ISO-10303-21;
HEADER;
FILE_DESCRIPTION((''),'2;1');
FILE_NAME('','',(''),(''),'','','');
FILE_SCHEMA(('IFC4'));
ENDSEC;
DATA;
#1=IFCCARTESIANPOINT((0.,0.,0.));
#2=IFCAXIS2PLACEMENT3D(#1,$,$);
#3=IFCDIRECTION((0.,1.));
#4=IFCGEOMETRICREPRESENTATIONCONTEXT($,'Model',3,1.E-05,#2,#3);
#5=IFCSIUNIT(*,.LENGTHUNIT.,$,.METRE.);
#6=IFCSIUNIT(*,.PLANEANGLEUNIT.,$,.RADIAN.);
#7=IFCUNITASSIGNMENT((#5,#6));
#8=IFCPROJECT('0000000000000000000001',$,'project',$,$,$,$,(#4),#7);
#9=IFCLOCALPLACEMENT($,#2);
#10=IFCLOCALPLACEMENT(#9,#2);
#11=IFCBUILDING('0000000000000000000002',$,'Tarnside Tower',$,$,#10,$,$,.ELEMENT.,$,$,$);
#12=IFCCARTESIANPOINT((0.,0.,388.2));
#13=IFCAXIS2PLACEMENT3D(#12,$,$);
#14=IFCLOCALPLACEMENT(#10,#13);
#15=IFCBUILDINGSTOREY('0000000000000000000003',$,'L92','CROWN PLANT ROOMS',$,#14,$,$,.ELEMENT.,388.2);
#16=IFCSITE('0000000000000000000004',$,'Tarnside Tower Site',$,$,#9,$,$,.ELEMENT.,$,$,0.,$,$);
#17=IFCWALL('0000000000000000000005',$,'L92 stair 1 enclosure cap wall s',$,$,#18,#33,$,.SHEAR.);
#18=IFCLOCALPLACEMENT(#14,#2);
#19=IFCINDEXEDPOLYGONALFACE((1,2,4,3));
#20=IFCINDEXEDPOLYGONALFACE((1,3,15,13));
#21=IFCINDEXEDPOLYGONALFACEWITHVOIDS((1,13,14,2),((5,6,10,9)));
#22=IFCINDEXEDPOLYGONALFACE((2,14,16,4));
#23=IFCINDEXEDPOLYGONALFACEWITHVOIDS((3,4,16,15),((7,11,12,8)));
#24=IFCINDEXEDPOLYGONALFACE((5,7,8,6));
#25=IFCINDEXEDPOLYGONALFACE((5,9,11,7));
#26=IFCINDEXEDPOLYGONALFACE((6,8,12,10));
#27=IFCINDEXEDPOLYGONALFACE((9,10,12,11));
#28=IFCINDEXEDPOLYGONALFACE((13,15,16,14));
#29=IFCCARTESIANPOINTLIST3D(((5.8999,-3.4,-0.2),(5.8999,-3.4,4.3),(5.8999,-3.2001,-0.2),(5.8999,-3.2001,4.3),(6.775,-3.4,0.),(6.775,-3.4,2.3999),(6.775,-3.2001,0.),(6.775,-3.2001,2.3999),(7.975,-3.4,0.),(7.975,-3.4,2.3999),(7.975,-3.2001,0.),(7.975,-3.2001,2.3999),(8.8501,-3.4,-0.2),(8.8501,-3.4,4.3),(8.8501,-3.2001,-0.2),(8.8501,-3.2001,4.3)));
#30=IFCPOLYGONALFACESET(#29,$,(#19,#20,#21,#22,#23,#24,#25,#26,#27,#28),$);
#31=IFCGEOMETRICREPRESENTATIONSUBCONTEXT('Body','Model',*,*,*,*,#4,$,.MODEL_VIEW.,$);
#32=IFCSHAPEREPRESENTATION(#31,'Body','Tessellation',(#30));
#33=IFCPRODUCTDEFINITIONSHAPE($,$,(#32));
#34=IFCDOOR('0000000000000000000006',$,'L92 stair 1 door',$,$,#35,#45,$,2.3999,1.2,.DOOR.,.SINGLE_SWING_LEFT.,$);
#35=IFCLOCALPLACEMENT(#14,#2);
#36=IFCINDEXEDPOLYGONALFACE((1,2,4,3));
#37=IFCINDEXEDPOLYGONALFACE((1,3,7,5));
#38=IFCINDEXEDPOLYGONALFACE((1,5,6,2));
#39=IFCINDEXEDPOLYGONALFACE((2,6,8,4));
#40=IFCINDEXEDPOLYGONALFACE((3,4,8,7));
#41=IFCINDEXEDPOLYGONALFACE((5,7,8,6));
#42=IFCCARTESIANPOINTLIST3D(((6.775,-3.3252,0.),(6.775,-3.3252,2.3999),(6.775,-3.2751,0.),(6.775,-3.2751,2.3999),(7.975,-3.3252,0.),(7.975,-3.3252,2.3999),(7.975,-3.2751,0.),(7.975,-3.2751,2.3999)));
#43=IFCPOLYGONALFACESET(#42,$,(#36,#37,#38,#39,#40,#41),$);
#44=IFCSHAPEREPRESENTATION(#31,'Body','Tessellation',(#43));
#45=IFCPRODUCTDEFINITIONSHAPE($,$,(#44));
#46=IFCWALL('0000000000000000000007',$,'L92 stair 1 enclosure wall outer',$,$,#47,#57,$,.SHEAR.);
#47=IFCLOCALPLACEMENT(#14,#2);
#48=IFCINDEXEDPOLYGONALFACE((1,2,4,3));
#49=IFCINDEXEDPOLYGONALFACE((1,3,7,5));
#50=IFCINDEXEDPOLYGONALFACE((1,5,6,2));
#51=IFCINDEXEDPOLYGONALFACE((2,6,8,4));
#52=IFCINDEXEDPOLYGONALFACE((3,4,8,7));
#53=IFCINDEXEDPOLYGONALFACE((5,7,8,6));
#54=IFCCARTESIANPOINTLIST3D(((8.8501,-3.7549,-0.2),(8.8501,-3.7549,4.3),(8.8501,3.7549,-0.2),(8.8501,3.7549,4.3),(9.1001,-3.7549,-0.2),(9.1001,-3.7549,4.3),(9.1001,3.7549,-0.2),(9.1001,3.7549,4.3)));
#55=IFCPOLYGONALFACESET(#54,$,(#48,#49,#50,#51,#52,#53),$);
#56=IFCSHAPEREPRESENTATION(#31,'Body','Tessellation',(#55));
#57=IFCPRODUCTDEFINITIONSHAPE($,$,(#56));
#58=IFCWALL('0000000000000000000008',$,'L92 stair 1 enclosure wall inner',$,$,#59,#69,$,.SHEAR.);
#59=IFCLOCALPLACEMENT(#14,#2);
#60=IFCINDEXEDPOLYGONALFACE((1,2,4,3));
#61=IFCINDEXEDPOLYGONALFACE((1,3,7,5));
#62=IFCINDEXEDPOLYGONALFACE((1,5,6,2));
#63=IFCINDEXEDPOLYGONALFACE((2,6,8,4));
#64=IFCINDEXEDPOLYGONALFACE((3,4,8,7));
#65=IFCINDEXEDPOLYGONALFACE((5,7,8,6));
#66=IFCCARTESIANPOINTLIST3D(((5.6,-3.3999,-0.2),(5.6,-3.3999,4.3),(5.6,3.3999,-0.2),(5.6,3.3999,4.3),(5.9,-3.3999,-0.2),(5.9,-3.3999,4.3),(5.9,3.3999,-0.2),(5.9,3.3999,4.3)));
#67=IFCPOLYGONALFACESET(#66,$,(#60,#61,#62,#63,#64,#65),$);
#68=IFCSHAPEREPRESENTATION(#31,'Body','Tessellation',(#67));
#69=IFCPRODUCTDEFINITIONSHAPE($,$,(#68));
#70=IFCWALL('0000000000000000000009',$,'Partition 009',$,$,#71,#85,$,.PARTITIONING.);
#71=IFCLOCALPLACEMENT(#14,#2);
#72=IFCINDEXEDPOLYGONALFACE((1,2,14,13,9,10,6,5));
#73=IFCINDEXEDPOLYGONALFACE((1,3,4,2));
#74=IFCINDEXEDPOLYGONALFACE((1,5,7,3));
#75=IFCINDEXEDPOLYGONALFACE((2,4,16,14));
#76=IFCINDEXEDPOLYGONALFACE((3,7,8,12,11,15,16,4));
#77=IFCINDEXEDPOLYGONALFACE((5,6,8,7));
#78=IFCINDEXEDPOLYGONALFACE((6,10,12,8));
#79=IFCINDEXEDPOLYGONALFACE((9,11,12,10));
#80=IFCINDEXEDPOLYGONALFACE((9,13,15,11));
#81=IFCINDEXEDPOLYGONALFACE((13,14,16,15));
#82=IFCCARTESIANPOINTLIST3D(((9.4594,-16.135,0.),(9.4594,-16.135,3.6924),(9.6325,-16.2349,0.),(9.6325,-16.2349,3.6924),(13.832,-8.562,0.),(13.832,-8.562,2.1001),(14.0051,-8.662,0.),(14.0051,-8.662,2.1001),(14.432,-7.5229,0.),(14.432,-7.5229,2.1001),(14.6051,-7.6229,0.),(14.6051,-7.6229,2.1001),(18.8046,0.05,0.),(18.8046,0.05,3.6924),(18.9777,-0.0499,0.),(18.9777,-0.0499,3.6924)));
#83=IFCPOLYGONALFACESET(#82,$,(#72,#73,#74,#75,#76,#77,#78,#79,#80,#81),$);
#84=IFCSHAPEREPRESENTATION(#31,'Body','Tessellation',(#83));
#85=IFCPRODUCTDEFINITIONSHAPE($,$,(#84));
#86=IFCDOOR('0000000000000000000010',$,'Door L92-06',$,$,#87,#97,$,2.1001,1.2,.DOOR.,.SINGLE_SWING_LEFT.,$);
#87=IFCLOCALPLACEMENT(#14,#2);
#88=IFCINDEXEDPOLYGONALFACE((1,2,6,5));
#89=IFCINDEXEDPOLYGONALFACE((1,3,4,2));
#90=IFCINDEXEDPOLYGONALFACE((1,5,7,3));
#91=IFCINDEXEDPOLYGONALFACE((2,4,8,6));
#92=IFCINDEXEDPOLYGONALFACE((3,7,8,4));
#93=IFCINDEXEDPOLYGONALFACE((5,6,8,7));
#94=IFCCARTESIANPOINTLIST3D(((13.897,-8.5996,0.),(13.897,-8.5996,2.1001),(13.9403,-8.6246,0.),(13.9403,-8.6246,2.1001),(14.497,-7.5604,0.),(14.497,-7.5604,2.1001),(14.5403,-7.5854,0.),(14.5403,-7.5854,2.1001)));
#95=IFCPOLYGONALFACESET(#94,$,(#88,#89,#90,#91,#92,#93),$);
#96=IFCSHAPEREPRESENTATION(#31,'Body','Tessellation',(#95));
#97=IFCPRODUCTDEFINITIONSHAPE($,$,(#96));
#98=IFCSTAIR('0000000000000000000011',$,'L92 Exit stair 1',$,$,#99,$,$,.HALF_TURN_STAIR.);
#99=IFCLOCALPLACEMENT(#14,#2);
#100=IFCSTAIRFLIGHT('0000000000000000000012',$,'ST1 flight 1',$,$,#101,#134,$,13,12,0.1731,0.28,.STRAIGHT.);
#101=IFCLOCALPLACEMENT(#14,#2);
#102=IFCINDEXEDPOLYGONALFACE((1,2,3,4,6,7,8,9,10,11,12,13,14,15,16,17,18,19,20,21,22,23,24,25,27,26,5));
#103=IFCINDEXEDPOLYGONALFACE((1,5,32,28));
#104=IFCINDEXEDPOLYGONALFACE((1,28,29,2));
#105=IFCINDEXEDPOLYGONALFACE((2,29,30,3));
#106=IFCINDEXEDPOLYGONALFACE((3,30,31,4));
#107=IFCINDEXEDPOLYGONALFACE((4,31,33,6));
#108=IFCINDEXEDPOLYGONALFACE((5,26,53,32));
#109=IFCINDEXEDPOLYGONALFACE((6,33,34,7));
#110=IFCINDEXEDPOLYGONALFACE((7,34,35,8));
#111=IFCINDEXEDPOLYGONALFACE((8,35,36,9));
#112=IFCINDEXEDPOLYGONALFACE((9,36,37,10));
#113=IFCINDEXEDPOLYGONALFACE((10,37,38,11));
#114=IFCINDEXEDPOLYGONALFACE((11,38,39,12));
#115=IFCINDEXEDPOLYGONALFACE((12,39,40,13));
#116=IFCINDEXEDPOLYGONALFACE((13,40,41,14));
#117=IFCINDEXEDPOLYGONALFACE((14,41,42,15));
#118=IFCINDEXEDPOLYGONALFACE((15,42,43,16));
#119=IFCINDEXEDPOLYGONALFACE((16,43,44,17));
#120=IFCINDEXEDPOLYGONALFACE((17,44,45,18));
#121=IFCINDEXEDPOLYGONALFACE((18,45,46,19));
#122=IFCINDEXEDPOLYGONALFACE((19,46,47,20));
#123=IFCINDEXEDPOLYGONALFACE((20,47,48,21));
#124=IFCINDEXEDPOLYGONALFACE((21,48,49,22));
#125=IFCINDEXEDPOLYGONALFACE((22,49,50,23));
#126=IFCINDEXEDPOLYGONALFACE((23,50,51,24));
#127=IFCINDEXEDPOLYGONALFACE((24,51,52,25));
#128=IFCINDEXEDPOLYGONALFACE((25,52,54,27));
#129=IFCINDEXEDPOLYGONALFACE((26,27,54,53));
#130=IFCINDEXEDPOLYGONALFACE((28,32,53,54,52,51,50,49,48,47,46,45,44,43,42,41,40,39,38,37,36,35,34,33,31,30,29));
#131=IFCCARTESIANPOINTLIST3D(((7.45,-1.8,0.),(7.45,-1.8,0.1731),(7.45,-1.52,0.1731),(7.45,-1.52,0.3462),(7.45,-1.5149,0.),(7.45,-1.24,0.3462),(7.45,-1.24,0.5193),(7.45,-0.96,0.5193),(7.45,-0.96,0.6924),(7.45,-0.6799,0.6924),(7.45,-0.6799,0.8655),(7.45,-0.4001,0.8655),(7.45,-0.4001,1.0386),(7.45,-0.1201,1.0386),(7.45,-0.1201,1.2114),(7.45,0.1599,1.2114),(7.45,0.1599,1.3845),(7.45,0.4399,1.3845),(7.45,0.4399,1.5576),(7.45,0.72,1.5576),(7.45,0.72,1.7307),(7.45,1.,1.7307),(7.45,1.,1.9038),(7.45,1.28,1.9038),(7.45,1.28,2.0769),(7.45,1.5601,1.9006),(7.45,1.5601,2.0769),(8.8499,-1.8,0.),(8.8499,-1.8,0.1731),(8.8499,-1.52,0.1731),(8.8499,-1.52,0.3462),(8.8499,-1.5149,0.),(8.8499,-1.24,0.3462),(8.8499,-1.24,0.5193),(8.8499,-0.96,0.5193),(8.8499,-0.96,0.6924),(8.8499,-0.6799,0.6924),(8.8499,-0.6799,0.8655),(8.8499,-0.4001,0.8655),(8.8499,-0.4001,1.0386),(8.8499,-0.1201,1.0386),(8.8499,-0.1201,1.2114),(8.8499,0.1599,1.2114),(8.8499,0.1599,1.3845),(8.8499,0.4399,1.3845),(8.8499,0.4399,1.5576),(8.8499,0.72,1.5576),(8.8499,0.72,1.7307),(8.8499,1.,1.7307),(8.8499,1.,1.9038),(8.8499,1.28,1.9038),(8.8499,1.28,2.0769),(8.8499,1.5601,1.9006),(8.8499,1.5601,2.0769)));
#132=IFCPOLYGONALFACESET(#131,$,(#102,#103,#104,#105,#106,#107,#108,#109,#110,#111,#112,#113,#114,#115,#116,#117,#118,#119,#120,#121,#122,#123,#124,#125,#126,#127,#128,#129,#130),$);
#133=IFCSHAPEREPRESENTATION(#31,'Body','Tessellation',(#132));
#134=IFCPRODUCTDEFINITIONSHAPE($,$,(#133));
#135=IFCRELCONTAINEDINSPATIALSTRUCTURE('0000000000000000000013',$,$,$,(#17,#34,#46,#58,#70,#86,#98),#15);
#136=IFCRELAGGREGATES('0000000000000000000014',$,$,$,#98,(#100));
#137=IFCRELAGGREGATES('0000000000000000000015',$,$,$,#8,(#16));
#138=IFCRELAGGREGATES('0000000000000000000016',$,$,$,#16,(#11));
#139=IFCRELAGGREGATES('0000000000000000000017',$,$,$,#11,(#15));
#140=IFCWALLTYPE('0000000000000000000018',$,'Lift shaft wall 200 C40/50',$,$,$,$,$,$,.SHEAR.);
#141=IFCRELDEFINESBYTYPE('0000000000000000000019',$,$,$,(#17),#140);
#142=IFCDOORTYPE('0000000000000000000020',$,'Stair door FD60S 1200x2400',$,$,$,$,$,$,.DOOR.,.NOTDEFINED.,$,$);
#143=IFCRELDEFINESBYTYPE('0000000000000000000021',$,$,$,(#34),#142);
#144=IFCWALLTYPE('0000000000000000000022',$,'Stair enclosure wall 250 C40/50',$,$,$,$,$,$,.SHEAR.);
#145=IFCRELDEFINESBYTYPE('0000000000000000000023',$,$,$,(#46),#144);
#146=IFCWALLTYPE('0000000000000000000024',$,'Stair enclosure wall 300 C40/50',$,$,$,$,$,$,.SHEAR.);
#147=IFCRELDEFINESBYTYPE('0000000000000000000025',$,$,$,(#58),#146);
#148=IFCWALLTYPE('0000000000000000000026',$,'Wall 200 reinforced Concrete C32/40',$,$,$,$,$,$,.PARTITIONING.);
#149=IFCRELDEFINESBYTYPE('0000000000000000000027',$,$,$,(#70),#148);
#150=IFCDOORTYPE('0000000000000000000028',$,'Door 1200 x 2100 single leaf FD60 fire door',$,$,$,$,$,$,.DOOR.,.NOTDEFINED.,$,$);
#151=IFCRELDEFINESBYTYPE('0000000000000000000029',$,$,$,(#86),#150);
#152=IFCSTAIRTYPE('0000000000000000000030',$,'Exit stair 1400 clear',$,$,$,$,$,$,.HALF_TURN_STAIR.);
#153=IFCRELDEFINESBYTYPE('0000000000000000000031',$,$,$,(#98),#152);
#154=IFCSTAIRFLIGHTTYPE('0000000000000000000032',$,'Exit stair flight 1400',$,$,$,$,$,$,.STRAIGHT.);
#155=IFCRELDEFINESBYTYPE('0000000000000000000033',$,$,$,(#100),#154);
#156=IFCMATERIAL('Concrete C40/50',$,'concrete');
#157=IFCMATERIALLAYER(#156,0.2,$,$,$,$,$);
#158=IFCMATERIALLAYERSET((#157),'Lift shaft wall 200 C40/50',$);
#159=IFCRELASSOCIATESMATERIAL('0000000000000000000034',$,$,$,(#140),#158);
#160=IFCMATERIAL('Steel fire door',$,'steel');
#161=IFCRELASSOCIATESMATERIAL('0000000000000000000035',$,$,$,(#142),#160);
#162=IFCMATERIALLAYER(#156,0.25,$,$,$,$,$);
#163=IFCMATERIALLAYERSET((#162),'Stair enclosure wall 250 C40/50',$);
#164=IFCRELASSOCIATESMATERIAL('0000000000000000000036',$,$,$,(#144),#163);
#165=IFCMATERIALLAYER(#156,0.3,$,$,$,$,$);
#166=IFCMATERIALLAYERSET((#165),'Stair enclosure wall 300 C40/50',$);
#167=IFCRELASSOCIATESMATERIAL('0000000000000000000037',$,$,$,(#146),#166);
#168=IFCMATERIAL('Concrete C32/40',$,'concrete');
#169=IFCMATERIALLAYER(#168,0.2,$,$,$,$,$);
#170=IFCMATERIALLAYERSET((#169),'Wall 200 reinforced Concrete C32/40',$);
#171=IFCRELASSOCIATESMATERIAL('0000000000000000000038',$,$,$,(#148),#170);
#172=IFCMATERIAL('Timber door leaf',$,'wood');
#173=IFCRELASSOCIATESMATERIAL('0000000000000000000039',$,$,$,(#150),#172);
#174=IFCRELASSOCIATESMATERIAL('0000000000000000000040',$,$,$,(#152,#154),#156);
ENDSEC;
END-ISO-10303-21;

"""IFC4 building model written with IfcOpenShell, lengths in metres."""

from ifc_helpers import new_model, si_unit, direction, frame, frame_2d, origin, place, context, subcontext, project, spatial, polyline, rectangle, outline, extrude, material, layer, layer_set, type_object, element, fill, aggregate, save


model = new_model("IFC4")

# Units and contexts
model_context = context("Model", 3, precision=1e-05, world=origin(), true_north=direction((0.0, 1.0)))
body_context = subcontext(model_context, "Body", "Model", "MODEL_VIEW")
ifc_project = project(units=[si_unit("LENGTHUNIT", "METRE"), si_unit("PLANEANGLEUNIT", "RADIAN")], contexts=[model_context])

# Site, building, storey
site_placement = place(None, origin())
site = spatial("IfcSite", under=ifc_project, at=site_placement, Name="Tarnside Tower Site", CompositionType="ELEMENT", RefElevation=0.0)
building_placement = place(site_placement, origin())
building = spatial("IfcBuilding", under=site, at=building_placement, Name="Tarnside Tower", CompositionType="ELEMENT")
storey_placement = place(building_placement, frame((0.0, 0.0, 388.2)))
storey = spatial("IfcBuildingStorey", under=building, at=storey_placement, Name="L92", Description="CROWN PLANT ROOMS", CompositionType="ELEMENT", Elevation=388.2)

# Shared definitions
ifc_material_1 = material(Name="Concrete C40/50", Category="concrete")

# Shared definitions
ifc_material_2 = material(Name="Steel fire door", Category="steel")

# Shared definitions
ifc_layer_1 = layer(ifc_material_1, 0.2)
ifc_layer_set_1 = layer_set([ifc_layer_1], Name="Lift shaft wall 200 C40/50")
wall_type_1 = type_object("IfcWallType", Name="Lift shaft wall 200 C40/50", PredefinedType="SHEAR", material=ifc_layer_set_1)

# Wall, opening, door
wall_1_placement = place(storey_placement, frame((5.8999, -3.3, -0.2), z_axis=(0.0, 0.0, 1.0), x_axis=(1.0, 0.0, 0.0)))
wall_1 = element("IfcWall", 1, at=wall_1_placement, inside=storey, type_object=wall_type_1, Name="L92 stair 1 enclosure cap wall s", PredefinedType="SHEAR", context=body_context, shape_type="SweptSolid", body=[
    extrude(rectangle(XDim=2.9502, YDim=0.2, at=frame_2d((1.4751, 0.0))), origin(), (0.0, 0.0, 1.0), 4.5),
])
opening_1_placement = place(wall_1_placement, frame((0.875, 0.0, 0.2)))
opening_1 = element("IfcOpeningElement", 2, at=opening_1_placement, cuts=wall_1, PredefinedType="OPENING", context=body_context, shape_type="SweptSolid", body=[
    extrude(rectangle(XDim=1.2, YDim=2.3999, at=frame_2d((0.6001, 1.2))), frame((0.0, 0.1099, 0.0), z_axis=(0.0, -1.0, 0.0), x_axis=(1.0, 0.0, 0.0)), (0.0, 0.0, 1.0), 0.22),
])
door_type_1 = type_object("IfcDoorType", Name="Stair door FD60S 1200x2400", OperationType="NOTDEFINED", PredefinedType="DOOR", material=ifc_material_2)
door_1_placement = place(opening_1_placement, origin())
door_1 = element("IfcDoor", 3, at=door_1_placement, inside=storey, type_object=door_type_1, Name="L92 stair 1 door", OperationType="SINGLE_SWING_LEFT", OverallHeight=2.3999, OverallWidth=1.2, PredefinedType="DOOR", context=body_context, shape_type="SweptSolid", body=[
    extrude(rectangle(XDim=1.2, YDim=2.3999, at=frame_2d((0.6001, 1.2))), frame((0.0, 0.0249, 0.0), z_axis=(0.0, -1.0, 0.0), x_axis=(1.0, 0.0, 0.0)), (0.0, 0.0, 1.0), 0.05),
])
fill(opening_1, door_1)

# Walls
ifc_layer_2 = layer(ifc_material_1, 0.25)
ifc_layer_set_2 = layer_set([ifc_layer_2], Name="Stair enclosure wall 250 C40/50")
wall_type_2 = type_object("IfcWallType", Name="Stair enclosure wall 250 C40/50", PredefinedType="SHEAR", material=ifc_layer_set_2)
wall_2_placement = place(storey_placement, frame((8.9751, -3.7549, -0.2), z_axis=(0.0, 0.0, 1.0), x_axis=(0.0, 1.0, 0.0)))
element("IfcWall", 4, at=wall_2_placement, inside=storey, type_object=wall_type_2, Name="L92 stair 1 enclosure wall outer", PredefinedType="SHEAR", context=body_context, shape_type="SweptSolid", body=[
    extrude(rectangle(XDim=7.5098, YDim=0.25, at=frame_2d((3.7549, 0.0))), origin(), (0.0, 0.0, 1.0), 4.5),
])
ifc_layer_3 = layer(ifc_material_1, 0.3)
ifc_layer_set_3 = layer_set([ifc_layer_3], Name="Stair enclosure wall 300 C40/50")
wall_type_3 = type_object("IfcWallType", Name="Stair enclosure wall 300 C40/50", PredefinedType="SHEAR", material=ifc_layer_set_3)
wall_3_placement = place(storey_placement, frame((5.75, -3.3999, -0.2), z_axis=(0.0, 0.0, 1.0), x_axis=(0.0, 1.0, 0.0)))
element("IfcWall", 5, at=wall_3_placement, inside=storey, type_object=wall_type_3, Name="L92 stair 1 enclosure wall inner", PredefinedType="SHEAR", context=body_context, shape_type="SweptSolid", body=[
    extrude(rectangle(XDim=6.7998, YDim=0.3, at=frame_2d((3.3999, 0.0))), origin(), (0.0, 0.0, 1.0), 4.5),
])

# Wall, opening, door
ifc_material_3 = material(Name="Concrete C32/40", Category="concrete")
ifc_layer_4 = layer(ifc_material_3, 0.2)
ifc_layer_set_4 = layer_set([ifc_layer_4], Name="Wall 200 reinforced Concrete C32/40")
wall_type_4 = type_object("IfcWallType", Name="Wall 200 reinforced Concrete C32/40", PredefinedType="PARTITIONING", material=ifc_layer_set_4)
wall_4_placement = place(storey_placement, frame((9.5459, -16.1851, 0.0), z_axis=(0.0, 0.0, 1.0), x_axis=(0.500031, 0.866008, 0.0)))
wall_4 = element("IfcWall", 6, at=wall_4_placement, inside=storey, type_object=wall_type_4, Name="Partition 009", PredefinedType="PARTITIONING", context=body_context, shape_type="SweptSolid", body=[
    extrude(rectangle(XDim=18.6892, YDim=0.2, at=frame_2d((9.3447, 0.0))), origin(), (0.0, 0.0, 1.0), 3.6924),
])
opening_2_placement = place(wall_4_placement, frame((8.7446, 0.0, 0.0)))
opening_2 = element("IfcOpeningElement", 7, at=opening_2_placement, cuts=wall_4, PredefinedType="OPENING", context=body_context, shape_type="SweptSolid", body=[
    extrude(rectangle(XDim=1.2, YDim=2.1001, at=frame_2d((0.6001, 1.05))), frame((0.0, 0.1099, 0.0), z_axis=(0.0, -1.0, 0.0), x_axis=(1.0, 0.0, 0.0)), (0.0, 0.0, 1.0), 0.22),
])
ifc_material_4 = material(Name="Timber door leaf", Category="wood")
door_type_2 = type_object("IfcDoorType", Name="Door 1200 x 2100 single leaf FD60 fire door", OperationType="NOTDEFINED", PredefinedType="DOOR", material=ifc_material_4)
door_2_placement = place(opening_2_placement, origin())
door_2 = element("IfcDoor", 8, at=door_2_placement, inside=storey, type_object=door_type_2, Name="Door L92-06", OperationType="SINGLE_SWING_LEFT", OverallHeight=2.1001, OverallWidth=1.2, PredefinedType="DOOR", context=body_context, shape_type="SweptSolid", body=[
    extrude(rectangle(XDim=1.2, YDim=2.1001, at=frame_2d((0.6001, 1.05))), frame((0.0, 0.0249, 0.0), z_axis=(0.0, -1.0, 0.0), x_axis=(1.0, 0.0, 0.0)), (0.0, 0.0, 1.0), 0.05),
])
fill(opening_2, door_2)

# Stair, stair flight
stair_type = type_object("IfcStairType", Name="Exit stair 1400 clear", PredefinedType="HALF_TURN_STAIR", material=ifc_material_1)
stair_placement = place(storey_placement, origin())
stair = element("IfcStair", 9, at=stair_placement, inside=storey, type_object=stair_type, Name="L92 Exit stair 1", PredefinedType="HALF_TURN_STAIR")
stair_flight_type = type_object("IfcStairFlightType", Name="Exit stair flight 1400", PredefinedType="STRAIGHT", material=ifc_material_1)
stair_flight_placement = place(storey_placement, frame((8.1499, -1.8, 0.0), z_axis=(0.0, 0.0, 1.0), x_axis=(0.0, 1.0, 0.0)))
stair_flight = element("IfcStairFlight", 10, at=stair_flight_placement, type_object=stair_flight_type, Name="ST1 flight 1", NumberOfRisers=13, NumberOfTreads=12, PredefinedType="STRAIGHT", RiserHeight=0.1731, TreadLength=0.28, context=body_context, shape_type="SweptSolid", body=[
    extrude(outline(polyline([(0.0, 0.0), (0.0, 0.1731), (0.28, 0.1731), (0.28, 0.3462), (0.5601, 0.3462), (0.5601, 0.5193), (0.8401, 0.5193), (0.8401, 0.6924), (1.1201, 0.6924), (1.1201, 0.8655), (1.3999, 0.8655), (1.3999, 1.0386), (1.6799, 1.0386), (1.6799, 1.2114), (1.96, 1.2114), (1.96, 1.3845), (2.24, 1.3845), (2.24, 1.5576), (2.52, 1.5576), (2.52, 1.7307), (2.8, 1.7307), (2.8, 1.9038), (3.0801, 1.9038), (3.0801, 2.0769), (3.3601, 2.0769), (3.3601, 2.25), (3.3601, 1.9006), (0.2852, 0.0), (0.0, 0.0)])), frame((0.0, 0.7, 0.0), z_axis=(0.0, -1.0, 0.0), x_axis=(1.0, 0.0, 0.0)), (0.0, 0.0, 1.0), 1.3999),
])
aggregate(stair, [stair_flight])

save(model, "model.ifc")
